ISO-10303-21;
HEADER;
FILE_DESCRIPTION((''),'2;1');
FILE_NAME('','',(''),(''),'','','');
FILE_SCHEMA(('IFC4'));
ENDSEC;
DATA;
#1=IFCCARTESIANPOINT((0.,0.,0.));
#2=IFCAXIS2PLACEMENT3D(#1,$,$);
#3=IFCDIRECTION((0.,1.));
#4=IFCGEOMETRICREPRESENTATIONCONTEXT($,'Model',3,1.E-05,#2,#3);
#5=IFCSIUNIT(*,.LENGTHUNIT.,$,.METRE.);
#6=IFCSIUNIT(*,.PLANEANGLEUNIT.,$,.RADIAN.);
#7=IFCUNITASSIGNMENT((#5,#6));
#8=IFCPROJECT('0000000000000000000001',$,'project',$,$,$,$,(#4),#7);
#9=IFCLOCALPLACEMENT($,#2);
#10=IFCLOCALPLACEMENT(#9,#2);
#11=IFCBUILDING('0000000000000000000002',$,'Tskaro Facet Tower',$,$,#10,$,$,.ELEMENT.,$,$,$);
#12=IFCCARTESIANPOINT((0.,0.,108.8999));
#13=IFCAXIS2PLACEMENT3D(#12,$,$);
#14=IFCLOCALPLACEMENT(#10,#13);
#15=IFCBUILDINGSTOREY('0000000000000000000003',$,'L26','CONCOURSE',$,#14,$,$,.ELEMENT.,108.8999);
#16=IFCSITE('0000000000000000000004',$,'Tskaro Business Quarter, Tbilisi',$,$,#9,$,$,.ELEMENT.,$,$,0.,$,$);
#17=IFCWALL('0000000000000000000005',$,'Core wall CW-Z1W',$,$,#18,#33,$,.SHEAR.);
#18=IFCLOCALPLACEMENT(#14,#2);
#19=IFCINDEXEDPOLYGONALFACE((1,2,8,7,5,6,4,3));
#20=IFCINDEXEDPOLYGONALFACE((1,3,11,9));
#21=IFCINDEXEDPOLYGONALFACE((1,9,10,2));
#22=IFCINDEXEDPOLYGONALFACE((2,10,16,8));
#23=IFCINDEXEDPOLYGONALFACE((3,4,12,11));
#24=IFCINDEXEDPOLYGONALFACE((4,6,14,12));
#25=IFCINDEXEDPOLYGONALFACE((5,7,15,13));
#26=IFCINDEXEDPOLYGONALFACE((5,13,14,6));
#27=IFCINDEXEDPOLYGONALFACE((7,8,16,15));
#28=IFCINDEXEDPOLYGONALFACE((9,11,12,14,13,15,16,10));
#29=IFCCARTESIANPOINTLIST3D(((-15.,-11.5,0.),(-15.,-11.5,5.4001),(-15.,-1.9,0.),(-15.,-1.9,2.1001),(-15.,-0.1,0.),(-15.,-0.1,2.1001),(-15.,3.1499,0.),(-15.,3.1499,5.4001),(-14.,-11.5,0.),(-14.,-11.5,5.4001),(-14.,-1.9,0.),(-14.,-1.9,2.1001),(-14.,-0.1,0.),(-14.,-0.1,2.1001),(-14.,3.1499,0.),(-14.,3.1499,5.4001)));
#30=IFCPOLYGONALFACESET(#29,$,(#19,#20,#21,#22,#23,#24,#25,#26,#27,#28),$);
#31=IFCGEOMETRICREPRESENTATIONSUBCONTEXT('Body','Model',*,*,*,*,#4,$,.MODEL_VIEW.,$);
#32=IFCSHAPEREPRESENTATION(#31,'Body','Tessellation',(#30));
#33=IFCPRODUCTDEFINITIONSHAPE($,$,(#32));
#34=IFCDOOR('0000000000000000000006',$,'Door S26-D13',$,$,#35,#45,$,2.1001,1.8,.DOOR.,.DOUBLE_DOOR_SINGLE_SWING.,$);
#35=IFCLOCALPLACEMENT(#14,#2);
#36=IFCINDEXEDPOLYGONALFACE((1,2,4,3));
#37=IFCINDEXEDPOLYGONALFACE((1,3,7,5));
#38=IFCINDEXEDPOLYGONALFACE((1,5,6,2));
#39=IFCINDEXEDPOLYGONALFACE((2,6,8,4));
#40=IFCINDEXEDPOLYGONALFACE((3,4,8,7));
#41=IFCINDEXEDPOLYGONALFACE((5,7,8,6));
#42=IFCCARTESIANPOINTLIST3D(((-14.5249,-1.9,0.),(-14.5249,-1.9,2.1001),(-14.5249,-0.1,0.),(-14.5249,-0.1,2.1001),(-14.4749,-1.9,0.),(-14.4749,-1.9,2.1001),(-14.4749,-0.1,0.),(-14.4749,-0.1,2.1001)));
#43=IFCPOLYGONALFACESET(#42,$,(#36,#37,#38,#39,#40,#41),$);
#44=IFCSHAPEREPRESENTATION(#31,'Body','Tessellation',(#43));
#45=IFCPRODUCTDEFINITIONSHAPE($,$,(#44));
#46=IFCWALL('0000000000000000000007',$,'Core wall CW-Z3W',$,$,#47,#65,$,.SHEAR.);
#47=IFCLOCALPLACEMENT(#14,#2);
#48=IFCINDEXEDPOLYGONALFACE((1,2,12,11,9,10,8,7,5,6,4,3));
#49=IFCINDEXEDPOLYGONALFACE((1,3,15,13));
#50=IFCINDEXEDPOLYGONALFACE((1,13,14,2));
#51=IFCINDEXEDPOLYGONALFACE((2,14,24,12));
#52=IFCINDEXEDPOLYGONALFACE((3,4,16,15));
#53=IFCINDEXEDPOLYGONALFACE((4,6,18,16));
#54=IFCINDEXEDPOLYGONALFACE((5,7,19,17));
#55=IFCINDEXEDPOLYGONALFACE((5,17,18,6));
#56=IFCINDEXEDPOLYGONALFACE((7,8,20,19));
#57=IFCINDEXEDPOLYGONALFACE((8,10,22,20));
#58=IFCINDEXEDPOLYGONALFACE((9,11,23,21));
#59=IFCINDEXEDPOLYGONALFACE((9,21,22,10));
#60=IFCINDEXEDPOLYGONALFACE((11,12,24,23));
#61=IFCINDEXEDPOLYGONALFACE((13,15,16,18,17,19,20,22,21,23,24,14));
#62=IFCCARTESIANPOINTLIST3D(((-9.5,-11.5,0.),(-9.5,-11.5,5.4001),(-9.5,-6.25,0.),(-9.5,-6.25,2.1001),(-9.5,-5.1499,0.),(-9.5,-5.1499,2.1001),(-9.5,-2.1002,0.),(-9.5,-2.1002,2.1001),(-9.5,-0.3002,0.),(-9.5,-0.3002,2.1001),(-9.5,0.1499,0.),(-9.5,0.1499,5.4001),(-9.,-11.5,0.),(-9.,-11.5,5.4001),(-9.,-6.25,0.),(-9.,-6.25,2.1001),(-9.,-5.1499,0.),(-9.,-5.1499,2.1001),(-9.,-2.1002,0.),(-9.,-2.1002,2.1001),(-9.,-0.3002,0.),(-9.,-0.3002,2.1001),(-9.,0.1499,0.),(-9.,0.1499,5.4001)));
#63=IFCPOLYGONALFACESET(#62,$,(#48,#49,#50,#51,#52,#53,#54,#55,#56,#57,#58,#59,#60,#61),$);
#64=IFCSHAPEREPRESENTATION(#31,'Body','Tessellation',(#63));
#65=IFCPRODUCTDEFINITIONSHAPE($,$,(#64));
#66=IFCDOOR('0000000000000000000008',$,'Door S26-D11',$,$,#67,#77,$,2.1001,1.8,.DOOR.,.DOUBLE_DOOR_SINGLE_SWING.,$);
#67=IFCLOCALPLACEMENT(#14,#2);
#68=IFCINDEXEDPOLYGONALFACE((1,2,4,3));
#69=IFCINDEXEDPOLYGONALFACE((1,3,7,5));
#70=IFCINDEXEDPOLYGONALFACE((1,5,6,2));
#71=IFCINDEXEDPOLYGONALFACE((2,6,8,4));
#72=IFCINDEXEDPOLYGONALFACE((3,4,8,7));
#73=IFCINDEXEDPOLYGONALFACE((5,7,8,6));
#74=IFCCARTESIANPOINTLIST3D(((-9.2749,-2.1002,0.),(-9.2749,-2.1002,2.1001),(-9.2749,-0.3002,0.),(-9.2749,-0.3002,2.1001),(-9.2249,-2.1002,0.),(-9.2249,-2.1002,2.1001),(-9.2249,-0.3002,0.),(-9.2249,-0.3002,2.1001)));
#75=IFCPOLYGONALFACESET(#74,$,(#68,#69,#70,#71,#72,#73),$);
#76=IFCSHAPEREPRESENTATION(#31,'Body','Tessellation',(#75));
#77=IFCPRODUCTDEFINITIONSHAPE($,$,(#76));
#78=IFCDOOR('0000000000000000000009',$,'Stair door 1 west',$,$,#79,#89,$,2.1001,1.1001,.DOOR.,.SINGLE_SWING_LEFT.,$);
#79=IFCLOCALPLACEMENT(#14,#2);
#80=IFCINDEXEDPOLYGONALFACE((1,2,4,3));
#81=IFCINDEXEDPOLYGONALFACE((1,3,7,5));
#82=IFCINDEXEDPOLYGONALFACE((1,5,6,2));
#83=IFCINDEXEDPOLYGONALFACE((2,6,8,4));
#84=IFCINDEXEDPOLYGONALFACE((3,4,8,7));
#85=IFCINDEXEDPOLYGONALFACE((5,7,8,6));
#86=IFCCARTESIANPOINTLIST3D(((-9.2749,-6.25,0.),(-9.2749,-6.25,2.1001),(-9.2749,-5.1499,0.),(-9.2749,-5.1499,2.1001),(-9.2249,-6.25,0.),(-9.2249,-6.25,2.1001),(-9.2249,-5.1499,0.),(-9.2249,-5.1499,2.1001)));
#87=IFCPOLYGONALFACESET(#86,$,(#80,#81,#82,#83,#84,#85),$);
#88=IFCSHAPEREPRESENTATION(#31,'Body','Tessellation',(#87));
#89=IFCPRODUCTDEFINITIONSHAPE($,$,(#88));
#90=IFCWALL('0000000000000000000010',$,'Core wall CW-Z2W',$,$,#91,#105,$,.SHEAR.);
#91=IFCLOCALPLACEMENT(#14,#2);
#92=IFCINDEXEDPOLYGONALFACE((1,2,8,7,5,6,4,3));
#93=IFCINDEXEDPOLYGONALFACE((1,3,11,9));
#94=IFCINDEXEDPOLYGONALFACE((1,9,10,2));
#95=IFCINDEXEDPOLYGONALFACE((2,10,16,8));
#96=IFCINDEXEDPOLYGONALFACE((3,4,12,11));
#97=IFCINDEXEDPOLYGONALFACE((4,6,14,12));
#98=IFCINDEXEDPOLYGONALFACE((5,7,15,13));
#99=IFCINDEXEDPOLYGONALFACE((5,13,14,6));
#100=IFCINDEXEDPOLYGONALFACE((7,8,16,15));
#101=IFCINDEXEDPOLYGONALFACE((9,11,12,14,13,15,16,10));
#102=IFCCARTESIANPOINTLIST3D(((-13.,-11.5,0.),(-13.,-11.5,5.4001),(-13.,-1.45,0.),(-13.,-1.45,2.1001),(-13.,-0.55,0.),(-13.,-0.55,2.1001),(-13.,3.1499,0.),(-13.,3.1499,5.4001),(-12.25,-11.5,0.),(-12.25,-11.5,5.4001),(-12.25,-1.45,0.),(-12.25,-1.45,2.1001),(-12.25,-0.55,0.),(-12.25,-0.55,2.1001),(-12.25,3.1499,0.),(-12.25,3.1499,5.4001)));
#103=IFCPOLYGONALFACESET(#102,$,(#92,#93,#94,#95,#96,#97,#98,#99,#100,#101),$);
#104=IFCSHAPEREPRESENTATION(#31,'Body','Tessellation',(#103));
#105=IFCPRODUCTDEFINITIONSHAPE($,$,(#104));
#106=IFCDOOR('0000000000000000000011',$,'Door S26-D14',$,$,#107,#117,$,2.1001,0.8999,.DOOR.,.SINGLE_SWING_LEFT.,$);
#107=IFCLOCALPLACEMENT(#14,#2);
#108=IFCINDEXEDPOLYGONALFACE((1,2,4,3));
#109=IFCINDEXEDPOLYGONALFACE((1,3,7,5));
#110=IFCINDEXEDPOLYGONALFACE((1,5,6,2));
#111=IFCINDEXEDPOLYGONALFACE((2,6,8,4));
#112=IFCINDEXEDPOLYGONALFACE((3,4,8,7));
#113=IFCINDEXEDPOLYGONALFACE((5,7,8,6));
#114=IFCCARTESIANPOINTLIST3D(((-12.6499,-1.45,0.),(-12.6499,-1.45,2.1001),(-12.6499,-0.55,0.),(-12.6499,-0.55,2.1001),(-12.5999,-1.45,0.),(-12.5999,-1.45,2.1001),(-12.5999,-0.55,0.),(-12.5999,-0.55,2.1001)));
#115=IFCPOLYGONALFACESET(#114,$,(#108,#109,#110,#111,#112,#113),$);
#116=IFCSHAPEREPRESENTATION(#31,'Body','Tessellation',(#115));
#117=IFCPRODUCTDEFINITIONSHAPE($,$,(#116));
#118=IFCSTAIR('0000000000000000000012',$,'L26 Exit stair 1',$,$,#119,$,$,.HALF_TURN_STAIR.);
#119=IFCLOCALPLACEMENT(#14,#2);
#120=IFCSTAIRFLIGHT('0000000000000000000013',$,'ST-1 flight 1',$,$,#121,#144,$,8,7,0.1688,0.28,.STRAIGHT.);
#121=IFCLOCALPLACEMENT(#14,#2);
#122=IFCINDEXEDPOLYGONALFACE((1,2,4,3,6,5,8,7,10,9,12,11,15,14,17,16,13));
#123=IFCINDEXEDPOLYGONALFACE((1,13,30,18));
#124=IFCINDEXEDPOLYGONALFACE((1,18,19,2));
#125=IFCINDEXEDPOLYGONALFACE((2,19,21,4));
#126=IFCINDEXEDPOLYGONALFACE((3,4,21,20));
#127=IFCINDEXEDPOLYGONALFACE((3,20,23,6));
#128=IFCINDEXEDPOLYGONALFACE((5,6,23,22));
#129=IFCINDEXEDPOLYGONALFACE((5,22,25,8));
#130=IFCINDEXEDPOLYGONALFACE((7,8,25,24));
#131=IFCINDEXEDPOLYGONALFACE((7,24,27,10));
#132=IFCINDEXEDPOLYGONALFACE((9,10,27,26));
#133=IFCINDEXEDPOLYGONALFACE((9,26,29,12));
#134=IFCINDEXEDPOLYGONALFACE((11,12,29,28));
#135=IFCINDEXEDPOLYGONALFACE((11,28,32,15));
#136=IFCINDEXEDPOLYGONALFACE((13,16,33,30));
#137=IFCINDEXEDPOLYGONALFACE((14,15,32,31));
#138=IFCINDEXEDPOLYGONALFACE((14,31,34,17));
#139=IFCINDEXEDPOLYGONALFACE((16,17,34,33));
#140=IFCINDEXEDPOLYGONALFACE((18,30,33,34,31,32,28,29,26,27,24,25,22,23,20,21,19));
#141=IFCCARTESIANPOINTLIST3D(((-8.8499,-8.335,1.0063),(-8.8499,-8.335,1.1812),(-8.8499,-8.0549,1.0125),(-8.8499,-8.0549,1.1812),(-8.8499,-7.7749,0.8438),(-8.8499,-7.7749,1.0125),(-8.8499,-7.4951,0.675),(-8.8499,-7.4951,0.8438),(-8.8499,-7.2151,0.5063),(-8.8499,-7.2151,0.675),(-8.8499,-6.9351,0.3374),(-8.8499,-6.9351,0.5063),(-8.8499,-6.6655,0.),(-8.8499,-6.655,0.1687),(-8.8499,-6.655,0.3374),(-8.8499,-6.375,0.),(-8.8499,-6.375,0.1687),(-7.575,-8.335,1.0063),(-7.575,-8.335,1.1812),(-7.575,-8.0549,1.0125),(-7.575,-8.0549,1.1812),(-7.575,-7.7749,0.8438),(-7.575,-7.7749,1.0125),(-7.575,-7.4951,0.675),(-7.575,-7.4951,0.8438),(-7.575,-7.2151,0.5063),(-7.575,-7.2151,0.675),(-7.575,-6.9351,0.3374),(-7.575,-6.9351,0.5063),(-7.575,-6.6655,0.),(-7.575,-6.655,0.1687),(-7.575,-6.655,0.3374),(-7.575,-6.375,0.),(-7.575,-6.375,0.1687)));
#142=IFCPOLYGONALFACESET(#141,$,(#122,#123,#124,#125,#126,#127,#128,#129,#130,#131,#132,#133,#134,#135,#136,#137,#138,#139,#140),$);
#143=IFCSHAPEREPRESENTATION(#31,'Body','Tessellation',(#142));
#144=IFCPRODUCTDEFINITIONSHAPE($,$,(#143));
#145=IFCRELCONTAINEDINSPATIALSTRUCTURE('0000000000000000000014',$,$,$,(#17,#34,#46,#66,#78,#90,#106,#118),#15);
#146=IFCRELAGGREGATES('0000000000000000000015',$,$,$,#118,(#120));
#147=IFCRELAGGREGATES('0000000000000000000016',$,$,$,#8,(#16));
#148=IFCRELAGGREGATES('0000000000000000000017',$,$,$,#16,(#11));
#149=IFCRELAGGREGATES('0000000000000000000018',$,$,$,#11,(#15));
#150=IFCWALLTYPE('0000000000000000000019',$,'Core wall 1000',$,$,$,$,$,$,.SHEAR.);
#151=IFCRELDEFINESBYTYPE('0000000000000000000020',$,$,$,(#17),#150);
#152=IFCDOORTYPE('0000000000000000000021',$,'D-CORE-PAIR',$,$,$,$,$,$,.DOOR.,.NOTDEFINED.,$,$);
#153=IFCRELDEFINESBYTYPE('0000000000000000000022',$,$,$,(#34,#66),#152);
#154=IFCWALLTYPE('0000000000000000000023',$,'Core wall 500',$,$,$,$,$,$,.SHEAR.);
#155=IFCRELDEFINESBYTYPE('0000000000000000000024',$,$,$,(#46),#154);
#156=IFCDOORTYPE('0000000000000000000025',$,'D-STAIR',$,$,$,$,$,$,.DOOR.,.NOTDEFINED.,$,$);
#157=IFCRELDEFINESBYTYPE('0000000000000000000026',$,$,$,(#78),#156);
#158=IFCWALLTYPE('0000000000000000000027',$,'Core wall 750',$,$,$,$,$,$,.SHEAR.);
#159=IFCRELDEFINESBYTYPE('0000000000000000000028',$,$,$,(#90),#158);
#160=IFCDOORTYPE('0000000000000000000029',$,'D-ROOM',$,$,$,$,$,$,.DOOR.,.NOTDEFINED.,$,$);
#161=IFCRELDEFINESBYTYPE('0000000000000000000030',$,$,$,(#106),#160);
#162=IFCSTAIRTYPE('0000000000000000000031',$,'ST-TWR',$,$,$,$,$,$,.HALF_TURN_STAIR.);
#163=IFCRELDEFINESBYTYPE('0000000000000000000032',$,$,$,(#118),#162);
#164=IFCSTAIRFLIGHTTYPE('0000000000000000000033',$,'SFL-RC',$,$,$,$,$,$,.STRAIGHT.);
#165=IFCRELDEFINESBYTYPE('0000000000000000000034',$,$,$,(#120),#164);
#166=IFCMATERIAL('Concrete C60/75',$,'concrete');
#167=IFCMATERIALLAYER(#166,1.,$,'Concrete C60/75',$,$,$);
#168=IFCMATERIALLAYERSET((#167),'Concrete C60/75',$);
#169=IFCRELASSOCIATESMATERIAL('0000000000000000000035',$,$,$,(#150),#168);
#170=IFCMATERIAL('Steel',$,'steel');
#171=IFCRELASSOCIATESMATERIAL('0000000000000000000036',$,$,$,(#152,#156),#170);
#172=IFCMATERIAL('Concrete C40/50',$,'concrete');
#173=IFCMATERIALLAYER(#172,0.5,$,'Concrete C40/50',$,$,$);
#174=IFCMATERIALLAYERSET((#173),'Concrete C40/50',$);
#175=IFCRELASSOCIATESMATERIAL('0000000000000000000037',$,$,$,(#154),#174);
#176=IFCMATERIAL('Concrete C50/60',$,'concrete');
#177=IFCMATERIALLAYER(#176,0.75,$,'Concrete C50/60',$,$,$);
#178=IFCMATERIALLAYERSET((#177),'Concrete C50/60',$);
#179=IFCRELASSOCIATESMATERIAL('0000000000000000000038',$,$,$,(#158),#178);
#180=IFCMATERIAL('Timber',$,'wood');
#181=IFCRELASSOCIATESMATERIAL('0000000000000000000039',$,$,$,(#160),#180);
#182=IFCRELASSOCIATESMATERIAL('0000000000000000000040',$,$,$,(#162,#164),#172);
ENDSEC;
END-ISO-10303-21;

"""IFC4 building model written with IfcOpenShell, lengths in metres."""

from ifc_helpers import new_model, si_unit, direction, frame, frame_2d, origin, place, context, subcontext, project, spatial, polyline, rectangle, outline, extrude, material, layer, layer_set, type_object, element, fill, aggregate, save


model = new_model("IFC4")

# Units and contexts
model_context = context("Model", 3, precision=1e-05, world=origin(), true_north=direction((0.0, 1.0)))
body_context = subcontext(model_context, "Body", "Model", "MODEL_VIEW")
ifc_project = project(units=[si_unit("LENGTHUNIT", "METRE"), si_unit("PLANEANGLEUNIT", "RADIAN")], contexts=[model_context])

# Site, building, storey
site_placement = place(None, origin())
site = spatial("IfcSite", under=ifc_project, at=site_placement, Name="Tskaro Business Quarter, Tbilisi", CompositionType="ELEMENT", RefElevation=0.0)
building_placement = place(site_placement, origin())
building = spatial("IfcBuilding", under=site, at=building_placement, Name="Tskaro Facet Tower", CompositionType="ELEMENT")
storey_placement = place(building_placement, frame((0.0, 0.0, 108.8999)))
storey = spatial("IfcBuildingStorey", under=building, at=storey_placement, Name="L26", Description="CONCOURSE", CompositionType="ELEMENT", Elevation=108.8999)

# Shared definitions
ifc_material_1 = material(Name="Concrete C60/75", Category="concrete")

# Shared definitions
ifc_layer_1 = layer(ifc_material_1, 1.0, Name="Concrete C60/75")
ifc_layer_set_1 = layer_set([ifc_layer_1], Name="Concrete C60/75")
wall_type_1 = type_object("IfcWallType", Name="Core wall 1000", PredefinedType="SHEAR", material=ifc_layer_set_1)

# Wall, opening, door
wall_1_placement = place(storey_placement, frame((-14.5, -11.5, 0.0), z_axis=(0.0, 0.0, 1.0), x_axis=(0.0, 1.0, 0.0)))
wall_1 = element("IfcWall", 1, at=wall_1_placement, inside=storey, type_object=wall_type_1, Name="Core wall CW-Z1W", PredefinedType="SHEAR", context=body_context, shape_type="SweptSolid", body=[
    extrude(rectangle(XDim=14.6499, YDim=1.0, at=frame_2d((7.325, 0.0))), origin(), (0.0, 0.0, 1.0), 5.4001),
])
opening_1_placement = place(wall_1_placement, frame((9.6001, 0.0, 0.0)))
opening_1 = element("IfcOpeningElement", 2, at=opening_1_placement, cuts=wall_1, PredefinedType="OPENING", context=body_context, shape_type="SweptSolid", body=[
    extrude(rectangle(XDim=1.8, YDim=2.1001, at=frame_2d((0.8999, 1.05))), frame((0.0, 0.51, 0.0), z_axis=(0.0, -1.0, 0.0), x_axis=(1.0, 0.0, 0.0)), (0.0, 0.0, 1.0), 1.02),
])
ifc_material_2 = material(Name="Steel", Category="steel")
door_type_1 = type_object("IfcDoorType", Name="D-CORE-PAIR", OperationType="NOTDEFINED", PredefinedType="DOOR", material=ifc_material_2)
door_1_placement = place(opening_1_placement, origin())
door_1 = element("IfcDoor", 3, at=door_1_placement, inside=storey, type_object=door_type_1, Name="Door S26-D13", OperationType="DOUBLE_DOOR_SINGLE_SWING", OverallHeight=2.1001, OverallWidth=1.8, PredefinedType="DOOR", context=body_context, shape_type="SweptSolid", body=[
    extrude(rectangle(XDim=1.8, YDim=2.1001, at=frame_2d((0.8999, 1.05))), frame((0.0, 0.0249, 0.0), z_axis=(0.0, -1.0, 0.0), x_axis=(1.0, 0.0, 0.0)), (0.0, 0.0, 1.0), 0.05),
])
fill(opening_1, door_1)

# Wall, openings, doors
ifc_material_3 = material(Name="Concrete C40/50", Category="concrete")
ifc_layer_2 = layer(ifc_material_3, 0.5, Name="Concrete C40/50")
ifc_layer_set_2 = layer_set([ifc_layer_2], Name="Concrete C40/50")
wall_type_2 = type_object("IfcWallType", Name="Core wall 500", PredefinedType="SHEAR", material=ifc_layer_set_2)
wall_2_placement = place(storey_placement, frame((-9.25, -11.5, 0.0), z_axis=(0.0, 0.0, 1.0), x_axis=(0.0, 1.0, 0.0)))
wall_2 = element("IfcWall", 4, at=wall_2_placement, inside=storey, type_object=wall_type_2, Name="Core wall CW-Z3W", PredefinedType="SHEAR", context=body_context, shape_type="SweptSolid", body=[
    extrude(rectangle(XDim=11.6499, YDim=0.5, at=frame_2d((5.825, 0.0))), origin(), (0.0, 0.0, 1.0), 5.4001),
])
opening_2_placement = place(wall_2_placement, frame((9.3999, 0.0, 0.0)))
opening_2 = element("IfcOpeningElement", 5, at=opening_2_placement, cuts=wall_2, PredefinedType="OPENING", context=body_context, shape_type="SweptSolid", body=[
    extrude(rectangle(XDim=1.8, YDim=2.1001, at=frame_2d((0.8999, 1.05))), frame((0.0, 0.26, 0.0), z_axis=(0.0, -1.0, 0.0), x_axis=(1.0, 0.0, 0.0)), (0.0, 0.0, 1.0), 0.52),
])
opening_3_placement = place(wall_2_placement, frame((5.25, 0.0, 0.0)))
opening_3 = element("IfcOpeningElement", 6, at=opening_3_placement, cuts=wall_2, PredefinedType="OPENING", context=body_context, shape_type="SweptSolid", body=[
    extrude(rectangle(XDim=1.1001, YDim=2.1001, at=frame_2d((0.55, 1.05))), frame((0.0, 0.26, 0.0), z_axis=(0.0, -1.0, 0.0), x_axis=(1.0, 0.0, 0.0)), (0.0, 0.0, 1.0), 0.52),
])
door_2_placement = place(opening_2_placement, origin())
door_2 = element("IfcDoor", 7, at=door_2_placement, inside=storey, type_object=door_type_1, Name="Door S26-D11", OperationType="DOUBLE_DOOR_SINGLE_SWING", OverallHeight=2.1001, OverallWidth=1.8, PredefinedType="DOOR", context=body_context, shape_type="SweptSolid", body=[
    extrude(rectangle(XDim=1.8, YDim=2.1001, at=frame_2d((0.8999, 1.05))), frame((0.0, 0.0249, 0.0), z_axis=(0.0, -1.0, 0.0), x_axis=(1.0, 0.0, 0.0)), (0.0, 0.0, 1.0), 0.05),
])
fill(opening_2, door_2)
door_type_2 = type_object("IfcDoorType", Name="D-STAIR", OperationType="NOTDEFINED", PredefinedType="DOOR", material=ifc_material_2)
door_3_placement = place(opening_3_placement, origin())
door_3 = element("IfcDoor", 8, at=door_3_placement, inside=storey, type_object=door_type_2, Name="Stair door 1 west", OperationType="SINGLE_SWING_LEFT", OverallHeight=2.1001, OverallWidth=1.1001, PredefinedType="DOOR", context=body_context, shape_type="SweptSolid", body=[
    extrude(rectangle(XDim=1.1001, YDim=2.1001, at=frame_2d((0.55, 1.05))), frame((0.0, 0.0249, 0.0), z_axis=(0.0, -1.0, 0.0), x_axis=(1.0, 0.0, 0.0)), (0.0, 0.0, 1.0), 0.05),
])
fill(opening_3, door_3)

# Wall, opening, door
ifc_material_4 = material(Name="Concrete C50/60", Category="concrete")
ifc_layer_3 = layer(ifc_material_4, 0.75, Name="Concrete C50/60")
ifc_layer_set_3 = layer_set([ifc_layer_3], Name="Concrete C50/60")
wall_type_3 = type_object("IfcWallType", Name="Core wall 750", PredefinedType="SHEAR", material=ifc_layer_set_3)
wall_3_placement = place(storey_placement, frame((-12.625, -11.5, 0.0), z_axis=(0.0, 0.0, 1.0), x_axis=(0.0, 1.0, 0.0)))
wall_3 = element("IfcWall", 9, at=wall_3_placement, inside=storey, type_object=wall_type_3, Name="Core wall CW-Z2W", PredefinedType="SHEAR", context=body_context, shape_type="SweptSolid", body=[
    extrude(rectangle(XDim=14.6499, YDim=0.75, at=frame_2d((7.325, 0.0))), origin(), (0.0, 0.0, 1.0), 5.4001),
])
opening_4_placement = place(wall_3_placement, frame((10.05, 0.0, 0.0)))
opening_4 = element("IfcOpeningElement", 10, at=opening_4_placement, cuts=wall_3, PredefinedType="OPENING", context=body_context, shape_type="SweptSolid", body=[
    extrude(rectangle(XDim=0.8999, YDim=2.1001, at=frame_2d((0.45, 1.05))), frame((0.0, 0.385, 0.0), z_axis=(0.0, -1.0, 0.0), x_axis=(1.0, 0.0, 0.0)), (0.0, 0.0, 1.0), 0.77),
])
ifc_material_5 = material(Name="Timber", Category="wood")
door_type_3 = type_object("IfcDoorType", Name="D-ROOM", OperationType="NOTDEFINED", PredefinedType="DOOR", material=ifc_material_5)
door_4_placement = place(opening_4_placement, origin())
door_4 = element("IfcDoor", 11, at=door_4_placement, inside=storey, type_object=door_type_3, Name="Door S26-D14", OperationType="SINGLE_SWING_LEFT", OverallHeight=2.1001, OverallWidth=0.8999, PredefinedType="DOOR", context=body_context, shape_type="SweptSolid", body=[
    extrude(rectangle(XDim=0.8999, YDim=2.1001, at=frame_2d((0.45, 1.05))), frame((0.0, 0.0249, 0.0), z_axis=(0.0, -1.0, 0.0), x_axis=(1.0, 0.0, 0.0)), (0.0, 0.0, 1.0), 0.05),
])
fill(opening_4, door_4)

# Stair, stair flight
stair_type = type_object("IfcStairType", Name="ST-TWR", PredefinedType="HALF_TURN_STAIR", material=ifc_material_3)
stair_placement = place(storey_placement, origin())
stair = element("IfcStair", 12, at=stair_placement, inside=storey, type_object=stair_type, Name="L26 Exit stair 1", PredefinedType="HALF_TURN_STAIR")
stair_flight_type = type_object("IfcStairFlightType", Name="SFL-RC", PredefinedType="STRAIGHT", material=ifc_material_3)
stair_flight_placement = place(storey_placement, frame((-8.2124, -6.375, 0.0), z_axis=(0.0, 0.0, 1.0), x_axis=(0.0, -1.0, 0.0)))
stair_flight = element("IfcStairFlight", 13, at=stair_flight_placement, type_object=stair_flight_type, Name="ST-1 flight 1", NumberOfRisers=8, NumberOfTreads=7, PredefinedType="STRAIGHT", RiserHeight=0.1688, TreadLength=0.28, context=body_context, shape_type="SweptSolid", body=[
    extrude(outline(polyline([(0.0, 0.0), (0.0, 0.1687), (0.28, 0.1687), (0.28, 0.3374), (0.5601, 0.3374), (0.5601, 0.5063), (0.8401, 0.5063), (0.8401, 0.675), (1.1201, 0.675), (1.1201, 0.8438), (1.3999, 0.8438), (1.3999, 1.0125), (1.6799, 1.0125), (1.6799, 1.1812), (1.96, 1.1812), (1.96, 1.3501), (1.96, 1.0063), (0.2905, 0.0), (0.0, 0.0)])), frame((0.0, 0.6375, 0.0), z_axis=(0.0, -1.0, 0.0), x_axis=(1.0, 0.0, 0.0)), (0.0, 0.0, 1.0), 1.2749),
])
aggregate(stair, [stair_flight])

save(model, "model.ifc")
